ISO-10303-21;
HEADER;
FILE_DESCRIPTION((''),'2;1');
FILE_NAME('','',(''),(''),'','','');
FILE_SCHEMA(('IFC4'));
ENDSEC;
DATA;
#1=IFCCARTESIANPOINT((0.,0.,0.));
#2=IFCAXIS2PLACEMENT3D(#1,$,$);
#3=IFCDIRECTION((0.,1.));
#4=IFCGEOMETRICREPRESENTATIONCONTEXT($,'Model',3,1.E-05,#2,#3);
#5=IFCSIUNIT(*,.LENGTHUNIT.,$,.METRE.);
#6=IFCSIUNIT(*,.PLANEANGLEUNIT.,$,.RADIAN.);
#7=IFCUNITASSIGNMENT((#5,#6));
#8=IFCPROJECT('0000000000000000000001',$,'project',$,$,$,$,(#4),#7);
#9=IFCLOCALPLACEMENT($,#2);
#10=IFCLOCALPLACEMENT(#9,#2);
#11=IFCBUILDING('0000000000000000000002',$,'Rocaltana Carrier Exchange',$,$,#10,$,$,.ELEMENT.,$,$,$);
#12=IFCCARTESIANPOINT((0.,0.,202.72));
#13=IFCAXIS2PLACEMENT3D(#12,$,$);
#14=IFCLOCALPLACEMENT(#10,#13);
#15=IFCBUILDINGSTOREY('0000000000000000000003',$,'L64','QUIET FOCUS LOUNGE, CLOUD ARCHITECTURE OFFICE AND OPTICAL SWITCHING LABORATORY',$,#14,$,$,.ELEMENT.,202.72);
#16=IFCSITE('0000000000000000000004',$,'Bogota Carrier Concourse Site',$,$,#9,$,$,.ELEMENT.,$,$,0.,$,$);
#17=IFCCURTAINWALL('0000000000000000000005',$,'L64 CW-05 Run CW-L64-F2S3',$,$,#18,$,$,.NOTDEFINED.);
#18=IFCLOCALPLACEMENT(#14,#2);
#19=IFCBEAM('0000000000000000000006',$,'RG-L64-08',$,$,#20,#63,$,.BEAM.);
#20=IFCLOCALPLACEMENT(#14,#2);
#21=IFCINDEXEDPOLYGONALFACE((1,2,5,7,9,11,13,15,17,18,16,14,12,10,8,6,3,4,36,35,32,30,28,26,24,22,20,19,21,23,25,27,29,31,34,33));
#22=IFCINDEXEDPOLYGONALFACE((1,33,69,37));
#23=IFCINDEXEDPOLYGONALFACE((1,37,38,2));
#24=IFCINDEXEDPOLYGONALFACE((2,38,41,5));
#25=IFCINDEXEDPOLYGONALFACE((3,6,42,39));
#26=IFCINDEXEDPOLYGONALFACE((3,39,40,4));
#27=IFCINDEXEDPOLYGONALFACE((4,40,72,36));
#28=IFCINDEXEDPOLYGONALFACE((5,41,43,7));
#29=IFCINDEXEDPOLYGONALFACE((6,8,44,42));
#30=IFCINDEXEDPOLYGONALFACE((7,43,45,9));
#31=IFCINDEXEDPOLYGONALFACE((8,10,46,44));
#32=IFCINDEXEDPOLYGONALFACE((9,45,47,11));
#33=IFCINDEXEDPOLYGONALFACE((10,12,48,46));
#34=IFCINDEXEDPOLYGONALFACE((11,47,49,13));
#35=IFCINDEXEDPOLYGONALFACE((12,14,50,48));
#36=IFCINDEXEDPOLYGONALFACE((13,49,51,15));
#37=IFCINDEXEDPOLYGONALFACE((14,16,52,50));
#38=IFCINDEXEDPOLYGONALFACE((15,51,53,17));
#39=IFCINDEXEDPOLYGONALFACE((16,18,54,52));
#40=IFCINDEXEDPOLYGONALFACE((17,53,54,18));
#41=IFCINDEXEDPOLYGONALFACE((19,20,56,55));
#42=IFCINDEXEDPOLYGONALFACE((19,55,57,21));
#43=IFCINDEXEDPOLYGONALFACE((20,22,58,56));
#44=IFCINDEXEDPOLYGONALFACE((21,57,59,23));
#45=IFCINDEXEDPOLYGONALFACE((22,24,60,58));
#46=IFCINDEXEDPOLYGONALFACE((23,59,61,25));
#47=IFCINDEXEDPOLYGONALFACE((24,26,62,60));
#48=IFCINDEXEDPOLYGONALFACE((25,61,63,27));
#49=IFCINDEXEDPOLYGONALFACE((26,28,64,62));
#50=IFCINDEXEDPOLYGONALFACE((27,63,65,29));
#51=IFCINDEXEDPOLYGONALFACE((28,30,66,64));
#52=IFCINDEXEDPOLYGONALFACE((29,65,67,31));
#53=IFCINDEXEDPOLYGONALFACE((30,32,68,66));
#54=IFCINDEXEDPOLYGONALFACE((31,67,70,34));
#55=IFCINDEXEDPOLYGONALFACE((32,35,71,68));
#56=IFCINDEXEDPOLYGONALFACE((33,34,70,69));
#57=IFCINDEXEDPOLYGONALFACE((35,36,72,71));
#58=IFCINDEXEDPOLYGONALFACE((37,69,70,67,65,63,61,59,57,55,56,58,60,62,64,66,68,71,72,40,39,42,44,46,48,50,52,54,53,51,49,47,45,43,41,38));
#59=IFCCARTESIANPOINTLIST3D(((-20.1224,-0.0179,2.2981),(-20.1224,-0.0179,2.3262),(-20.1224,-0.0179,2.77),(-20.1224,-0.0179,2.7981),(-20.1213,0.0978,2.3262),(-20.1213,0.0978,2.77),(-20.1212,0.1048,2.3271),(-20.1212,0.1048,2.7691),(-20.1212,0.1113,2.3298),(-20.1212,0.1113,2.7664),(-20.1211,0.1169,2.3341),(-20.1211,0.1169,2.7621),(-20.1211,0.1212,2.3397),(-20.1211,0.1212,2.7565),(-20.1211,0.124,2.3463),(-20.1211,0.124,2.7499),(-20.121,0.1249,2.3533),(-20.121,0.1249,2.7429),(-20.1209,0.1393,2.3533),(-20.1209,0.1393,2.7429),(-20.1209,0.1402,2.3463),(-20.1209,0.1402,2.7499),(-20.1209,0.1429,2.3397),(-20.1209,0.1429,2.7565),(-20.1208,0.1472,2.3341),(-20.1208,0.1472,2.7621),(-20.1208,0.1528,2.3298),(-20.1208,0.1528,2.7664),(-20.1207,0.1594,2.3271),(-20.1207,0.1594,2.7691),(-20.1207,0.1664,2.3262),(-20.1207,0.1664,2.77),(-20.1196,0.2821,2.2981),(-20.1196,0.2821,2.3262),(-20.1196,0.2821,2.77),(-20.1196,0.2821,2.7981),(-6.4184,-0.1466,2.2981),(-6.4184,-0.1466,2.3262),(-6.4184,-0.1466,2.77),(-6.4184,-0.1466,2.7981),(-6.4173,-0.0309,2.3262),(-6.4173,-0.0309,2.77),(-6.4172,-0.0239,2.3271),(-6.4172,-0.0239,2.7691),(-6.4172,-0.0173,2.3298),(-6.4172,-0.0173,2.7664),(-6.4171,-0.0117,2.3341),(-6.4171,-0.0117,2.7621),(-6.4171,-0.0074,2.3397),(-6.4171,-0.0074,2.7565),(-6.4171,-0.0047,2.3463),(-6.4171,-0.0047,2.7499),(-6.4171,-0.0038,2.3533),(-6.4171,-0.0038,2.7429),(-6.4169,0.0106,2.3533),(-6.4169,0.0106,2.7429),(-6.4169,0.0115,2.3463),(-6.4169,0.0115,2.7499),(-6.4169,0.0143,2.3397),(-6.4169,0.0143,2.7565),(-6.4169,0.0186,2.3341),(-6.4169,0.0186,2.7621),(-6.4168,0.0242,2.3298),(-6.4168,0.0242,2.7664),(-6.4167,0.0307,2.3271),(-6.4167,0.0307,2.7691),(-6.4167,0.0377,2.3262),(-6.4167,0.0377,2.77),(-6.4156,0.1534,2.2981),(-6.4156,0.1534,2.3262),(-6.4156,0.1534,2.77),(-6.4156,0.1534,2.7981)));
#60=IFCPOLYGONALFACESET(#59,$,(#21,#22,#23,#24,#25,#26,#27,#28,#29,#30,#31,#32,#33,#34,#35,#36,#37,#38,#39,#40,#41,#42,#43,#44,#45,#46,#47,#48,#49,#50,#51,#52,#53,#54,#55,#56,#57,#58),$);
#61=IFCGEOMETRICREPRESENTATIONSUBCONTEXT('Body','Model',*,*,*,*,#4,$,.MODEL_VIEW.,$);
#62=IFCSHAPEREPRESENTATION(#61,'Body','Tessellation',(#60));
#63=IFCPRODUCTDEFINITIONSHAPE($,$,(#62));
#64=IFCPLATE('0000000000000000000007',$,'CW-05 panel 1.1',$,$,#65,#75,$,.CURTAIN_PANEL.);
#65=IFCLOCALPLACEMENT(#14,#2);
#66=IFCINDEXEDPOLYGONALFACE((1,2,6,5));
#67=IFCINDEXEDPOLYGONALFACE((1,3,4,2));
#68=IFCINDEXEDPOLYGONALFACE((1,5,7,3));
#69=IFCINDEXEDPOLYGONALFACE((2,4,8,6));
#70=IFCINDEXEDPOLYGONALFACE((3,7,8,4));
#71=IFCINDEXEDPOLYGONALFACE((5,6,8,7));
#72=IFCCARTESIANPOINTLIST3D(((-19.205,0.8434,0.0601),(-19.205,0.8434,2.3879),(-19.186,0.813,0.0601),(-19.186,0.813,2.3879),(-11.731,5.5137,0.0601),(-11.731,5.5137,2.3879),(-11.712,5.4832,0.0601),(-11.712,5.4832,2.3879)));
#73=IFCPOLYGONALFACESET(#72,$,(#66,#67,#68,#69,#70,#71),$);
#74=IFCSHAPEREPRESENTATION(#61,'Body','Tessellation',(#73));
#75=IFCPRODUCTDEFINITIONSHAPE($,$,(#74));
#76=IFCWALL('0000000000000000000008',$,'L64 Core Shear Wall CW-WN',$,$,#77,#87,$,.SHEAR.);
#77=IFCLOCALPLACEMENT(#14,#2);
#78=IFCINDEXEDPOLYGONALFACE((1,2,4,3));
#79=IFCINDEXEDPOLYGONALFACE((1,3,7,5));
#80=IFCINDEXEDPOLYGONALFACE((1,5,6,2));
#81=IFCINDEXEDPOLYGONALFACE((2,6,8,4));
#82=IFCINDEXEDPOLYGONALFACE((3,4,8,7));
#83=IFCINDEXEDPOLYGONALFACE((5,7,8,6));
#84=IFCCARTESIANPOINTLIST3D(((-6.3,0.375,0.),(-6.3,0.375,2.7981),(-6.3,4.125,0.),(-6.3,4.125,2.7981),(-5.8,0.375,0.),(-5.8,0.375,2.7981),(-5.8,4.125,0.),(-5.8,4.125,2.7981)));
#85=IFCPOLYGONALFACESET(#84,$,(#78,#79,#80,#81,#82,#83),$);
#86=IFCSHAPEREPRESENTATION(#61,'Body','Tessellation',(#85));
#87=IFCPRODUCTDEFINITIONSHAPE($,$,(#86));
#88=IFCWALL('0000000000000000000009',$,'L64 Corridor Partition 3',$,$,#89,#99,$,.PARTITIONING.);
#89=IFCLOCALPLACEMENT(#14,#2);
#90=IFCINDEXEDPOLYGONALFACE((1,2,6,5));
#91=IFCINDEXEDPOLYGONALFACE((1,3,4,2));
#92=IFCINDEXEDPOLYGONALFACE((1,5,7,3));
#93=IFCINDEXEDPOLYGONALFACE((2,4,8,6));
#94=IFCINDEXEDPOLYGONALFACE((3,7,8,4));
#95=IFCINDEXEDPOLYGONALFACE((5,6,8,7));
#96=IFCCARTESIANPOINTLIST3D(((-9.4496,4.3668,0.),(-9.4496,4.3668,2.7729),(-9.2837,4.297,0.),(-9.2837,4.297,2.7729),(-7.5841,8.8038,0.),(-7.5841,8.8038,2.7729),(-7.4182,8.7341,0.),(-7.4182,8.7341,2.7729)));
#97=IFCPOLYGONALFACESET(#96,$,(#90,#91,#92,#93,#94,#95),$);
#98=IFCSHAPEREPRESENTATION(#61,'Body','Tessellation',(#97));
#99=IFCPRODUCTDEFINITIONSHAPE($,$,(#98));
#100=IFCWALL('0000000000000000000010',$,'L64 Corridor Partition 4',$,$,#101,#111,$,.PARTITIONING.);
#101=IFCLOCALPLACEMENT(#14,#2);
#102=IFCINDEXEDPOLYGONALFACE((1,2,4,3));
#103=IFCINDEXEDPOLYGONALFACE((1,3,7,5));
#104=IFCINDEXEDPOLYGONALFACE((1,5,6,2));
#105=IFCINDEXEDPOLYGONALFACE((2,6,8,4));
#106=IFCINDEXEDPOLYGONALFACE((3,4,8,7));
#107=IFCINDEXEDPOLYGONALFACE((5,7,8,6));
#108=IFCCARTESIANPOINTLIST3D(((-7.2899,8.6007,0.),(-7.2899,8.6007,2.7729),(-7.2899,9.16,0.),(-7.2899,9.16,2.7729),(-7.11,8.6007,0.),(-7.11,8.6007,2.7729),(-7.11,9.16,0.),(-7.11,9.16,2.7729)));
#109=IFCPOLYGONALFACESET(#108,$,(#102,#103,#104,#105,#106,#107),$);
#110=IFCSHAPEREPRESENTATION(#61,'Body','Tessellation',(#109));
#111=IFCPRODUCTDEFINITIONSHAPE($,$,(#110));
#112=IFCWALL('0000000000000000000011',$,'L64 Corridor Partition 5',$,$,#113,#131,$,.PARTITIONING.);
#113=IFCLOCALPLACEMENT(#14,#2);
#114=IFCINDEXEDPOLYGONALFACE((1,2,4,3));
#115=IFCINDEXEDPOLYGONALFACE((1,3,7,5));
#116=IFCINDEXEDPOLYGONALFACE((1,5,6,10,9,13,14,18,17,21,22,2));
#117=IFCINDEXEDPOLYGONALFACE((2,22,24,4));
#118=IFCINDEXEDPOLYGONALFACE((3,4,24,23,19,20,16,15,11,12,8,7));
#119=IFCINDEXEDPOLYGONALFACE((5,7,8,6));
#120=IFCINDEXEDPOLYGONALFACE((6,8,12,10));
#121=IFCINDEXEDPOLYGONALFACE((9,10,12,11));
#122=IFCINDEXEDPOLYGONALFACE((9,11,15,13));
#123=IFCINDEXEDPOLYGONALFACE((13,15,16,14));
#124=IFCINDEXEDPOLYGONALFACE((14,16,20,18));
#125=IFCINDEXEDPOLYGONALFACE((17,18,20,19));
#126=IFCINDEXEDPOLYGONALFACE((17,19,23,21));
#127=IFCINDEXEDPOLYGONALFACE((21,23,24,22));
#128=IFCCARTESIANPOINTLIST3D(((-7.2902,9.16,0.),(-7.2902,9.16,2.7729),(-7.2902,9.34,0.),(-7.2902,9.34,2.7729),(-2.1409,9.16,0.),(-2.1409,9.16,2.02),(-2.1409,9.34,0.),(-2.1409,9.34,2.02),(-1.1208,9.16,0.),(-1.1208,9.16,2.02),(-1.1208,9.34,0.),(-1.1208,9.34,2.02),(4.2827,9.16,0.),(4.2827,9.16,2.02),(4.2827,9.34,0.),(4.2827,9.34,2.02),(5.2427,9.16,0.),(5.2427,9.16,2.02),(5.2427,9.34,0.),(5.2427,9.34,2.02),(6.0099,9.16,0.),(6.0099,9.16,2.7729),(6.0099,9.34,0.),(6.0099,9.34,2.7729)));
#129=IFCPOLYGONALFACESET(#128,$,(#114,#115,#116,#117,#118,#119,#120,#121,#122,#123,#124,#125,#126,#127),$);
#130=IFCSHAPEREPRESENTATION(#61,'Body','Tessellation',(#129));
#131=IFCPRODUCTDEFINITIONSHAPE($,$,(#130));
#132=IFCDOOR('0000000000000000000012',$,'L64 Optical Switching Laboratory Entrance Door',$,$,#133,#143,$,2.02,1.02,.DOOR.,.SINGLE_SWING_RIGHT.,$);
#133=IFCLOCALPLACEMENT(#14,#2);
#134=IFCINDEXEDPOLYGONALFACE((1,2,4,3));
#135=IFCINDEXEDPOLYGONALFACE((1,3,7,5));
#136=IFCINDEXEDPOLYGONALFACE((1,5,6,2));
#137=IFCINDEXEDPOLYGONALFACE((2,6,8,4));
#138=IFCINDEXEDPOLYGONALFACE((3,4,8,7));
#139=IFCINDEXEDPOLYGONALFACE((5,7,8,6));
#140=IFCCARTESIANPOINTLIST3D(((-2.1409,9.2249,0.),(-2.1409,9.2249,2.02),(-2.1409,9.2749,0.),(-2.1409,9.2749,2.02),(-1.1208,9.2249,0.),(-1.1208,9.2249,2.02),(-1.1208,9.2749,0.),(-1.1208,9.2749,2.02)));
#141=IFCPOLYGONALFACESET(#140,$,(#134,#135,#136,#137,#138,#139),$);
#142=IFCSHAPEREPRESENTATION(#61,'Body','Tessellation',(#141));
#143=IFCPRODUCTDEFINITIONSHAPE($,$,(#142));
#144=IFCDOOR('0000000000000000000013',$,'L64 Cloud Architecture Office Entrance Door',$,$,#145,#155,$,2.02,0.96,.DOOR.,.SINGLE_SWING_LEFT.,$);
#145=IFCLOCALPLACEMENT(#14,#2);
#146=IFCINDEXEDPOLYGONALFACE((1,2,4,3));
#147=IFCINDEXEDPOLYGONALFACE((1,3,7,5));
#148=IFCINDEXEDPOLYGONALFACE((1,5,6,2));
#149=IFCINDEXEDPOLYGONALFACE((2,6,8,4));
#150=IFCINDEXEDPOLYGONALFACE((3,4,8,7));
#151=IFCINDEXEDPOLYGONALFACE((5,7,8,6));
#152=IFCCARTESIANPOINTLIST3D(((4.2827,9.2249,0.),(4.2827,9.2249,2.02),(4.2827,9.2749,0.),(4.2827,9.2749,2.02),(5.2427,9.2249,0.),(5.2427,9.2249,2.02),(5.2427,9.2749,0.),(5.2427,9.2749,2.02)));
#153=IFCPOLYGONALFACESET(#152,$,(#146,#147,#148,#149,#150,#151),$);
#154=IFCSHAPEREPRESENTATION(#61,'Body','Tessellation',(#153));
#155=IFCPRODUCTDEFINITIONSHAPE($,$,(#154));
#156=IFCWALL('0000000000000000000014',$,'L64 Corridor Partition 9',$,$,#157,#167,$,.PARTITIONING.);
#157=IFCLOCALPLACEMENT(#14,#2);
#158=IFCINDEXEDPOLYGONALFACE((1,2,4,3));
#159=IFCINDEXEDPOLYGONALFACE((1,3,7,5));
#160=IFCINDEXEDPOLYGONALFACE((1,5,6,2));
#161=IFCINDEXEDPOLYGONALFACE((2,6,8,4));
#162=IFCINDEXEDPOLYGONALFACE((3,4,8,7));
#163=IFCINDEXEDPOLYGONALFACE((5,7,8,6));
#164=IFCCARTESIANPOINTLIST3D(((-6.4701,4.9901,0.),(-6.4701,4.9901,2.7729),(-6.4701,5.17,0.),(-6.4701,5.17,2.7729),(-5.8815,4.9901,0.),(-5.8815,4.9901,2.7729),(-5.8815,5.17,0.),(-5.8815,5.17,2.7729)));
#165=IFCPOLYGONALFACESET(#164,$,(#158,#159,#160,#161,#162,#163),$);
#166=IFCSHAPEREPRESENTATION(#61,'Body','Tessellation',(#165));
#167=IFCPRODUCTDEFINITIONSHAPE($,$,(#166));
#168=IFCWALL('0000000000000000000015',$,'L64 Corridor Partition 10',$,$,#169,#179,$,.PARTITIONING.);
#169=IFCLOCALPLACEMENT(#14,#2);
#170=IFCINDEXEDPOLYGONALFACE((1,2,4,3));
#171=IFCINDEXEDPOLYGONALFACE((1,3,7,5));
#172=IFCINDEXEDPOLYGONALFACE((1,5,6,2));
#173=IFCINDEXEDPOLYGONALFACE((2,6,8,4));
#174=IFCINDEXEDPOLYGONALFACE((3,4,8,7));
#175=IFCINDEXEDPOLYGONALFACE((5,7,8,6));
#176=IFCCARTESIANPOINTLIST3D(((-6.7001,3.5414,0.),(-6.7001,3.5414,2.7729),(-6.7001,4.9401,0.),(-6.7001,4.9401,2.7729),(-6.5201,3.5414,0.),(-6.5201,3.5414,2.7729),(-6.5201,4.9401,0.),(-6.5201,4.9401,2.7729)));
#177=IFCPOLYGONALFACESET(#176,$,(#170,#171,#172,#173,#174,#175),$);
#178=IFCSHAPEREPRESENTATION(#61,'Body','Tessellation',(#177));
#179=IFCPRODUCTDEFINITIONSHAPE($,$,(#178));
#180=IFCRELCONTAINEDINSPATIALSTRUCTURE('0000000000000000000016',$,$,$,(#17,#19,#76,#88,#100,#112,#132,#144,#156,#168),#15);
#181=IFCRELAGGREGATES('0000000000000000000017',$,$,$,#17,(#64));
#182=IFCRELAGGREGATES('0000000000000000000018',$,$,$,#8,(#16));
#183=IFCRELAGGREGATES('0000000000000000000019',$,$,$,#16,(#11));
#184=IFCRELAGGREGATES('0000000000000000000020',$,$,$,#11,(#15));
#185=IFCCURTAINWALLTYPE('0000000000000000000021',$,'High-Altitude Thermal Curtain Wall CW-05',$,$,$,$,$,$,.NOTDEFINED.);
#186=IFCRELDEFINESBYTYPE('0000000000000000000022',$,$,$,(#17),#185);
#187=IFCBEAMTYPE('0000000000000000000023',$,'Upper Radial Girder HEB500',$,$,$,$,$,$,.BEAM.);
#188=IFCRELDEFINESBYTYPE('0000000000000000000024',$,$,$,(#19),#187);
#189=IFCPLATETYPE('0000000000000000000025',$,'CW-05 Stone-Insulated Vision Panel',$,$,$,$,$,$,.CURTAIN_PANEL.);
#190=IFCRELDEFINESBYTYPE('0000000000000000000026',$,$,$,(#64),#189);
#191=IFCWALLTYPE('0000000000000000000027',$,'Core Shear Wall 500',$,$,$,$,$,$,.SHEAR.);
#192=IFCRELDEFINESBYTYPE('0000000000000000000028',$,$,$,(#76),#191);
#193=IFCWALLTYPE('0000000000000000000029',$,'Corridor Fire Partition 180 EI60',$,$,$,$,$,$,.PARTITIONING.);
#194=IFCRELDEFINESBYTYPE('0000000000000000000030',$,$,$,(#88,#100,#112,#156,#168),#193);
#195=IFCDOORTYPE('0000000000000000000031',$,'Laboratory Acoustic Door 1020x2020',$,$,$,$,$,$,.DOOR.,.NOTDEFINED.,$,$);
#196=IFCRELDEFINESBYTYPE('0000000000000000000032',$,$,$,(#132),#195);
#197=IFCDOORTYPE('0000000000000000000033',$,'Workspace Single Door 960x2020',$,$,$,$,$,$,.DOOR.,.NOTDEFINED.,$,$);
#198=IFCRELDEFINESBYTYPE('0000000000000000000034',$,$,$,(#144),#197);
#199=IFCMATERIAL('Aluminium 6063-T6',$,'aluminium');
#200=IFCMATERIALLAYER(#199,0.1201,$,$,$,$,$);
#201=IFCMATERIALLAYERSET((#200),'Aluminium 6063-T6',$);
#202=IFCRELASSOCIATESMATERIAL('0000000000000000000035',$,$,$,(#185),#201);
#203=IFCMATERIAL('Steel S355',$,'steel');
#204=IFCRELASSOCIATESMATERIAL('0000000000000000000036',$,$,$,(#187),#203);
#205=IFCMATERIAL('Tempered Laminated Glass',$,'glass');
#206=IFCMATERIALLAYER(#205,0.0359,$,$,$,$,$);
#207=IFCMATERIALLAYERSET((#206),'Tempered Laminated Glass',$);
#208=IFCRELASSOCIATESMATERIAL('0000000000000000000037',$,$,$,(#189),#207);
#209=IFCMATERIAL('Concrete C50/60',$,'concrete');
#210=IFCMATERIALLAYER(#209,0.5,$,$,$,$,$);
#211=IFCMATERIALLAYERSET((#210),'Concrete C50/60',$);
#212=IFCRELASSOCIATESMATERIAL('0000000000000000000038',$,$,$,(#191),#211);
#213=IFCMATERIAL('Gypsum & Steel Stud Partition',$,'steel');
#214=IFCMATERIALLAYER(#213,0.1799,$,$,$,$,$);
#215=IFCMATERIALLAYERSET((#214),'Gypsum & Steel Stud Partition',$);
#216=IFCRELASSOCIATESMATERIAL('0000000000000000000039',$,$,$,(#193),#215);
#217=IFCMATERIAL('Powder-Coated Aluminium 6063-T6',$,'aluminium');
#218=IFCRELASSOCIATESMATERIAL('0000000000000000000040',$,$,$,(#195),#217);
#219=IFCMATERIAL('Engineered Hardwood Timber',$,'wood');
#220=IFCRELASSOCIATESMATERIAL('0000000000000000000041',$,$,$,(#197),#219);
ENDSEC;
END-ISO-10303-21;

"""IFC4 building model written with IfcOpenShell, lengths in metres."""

from ifc_helpers import new_model, si_unit, direction, frame, frame_2d, origin, origin_2d, place, context, subcontext, project, spatial, rectangle, i_section, extrude, material, layer, layer_set, material_profile, profile_set, type_object, element, fill, aggregate, save


model = new_model("IFC4")

# Units and contexts
model_context = context("Model", 3, precision=1e-05, world=origin(), true_north=direction((0.0, 1.0)))
body_context = subcontext(model_context, "Body", "Model", "MODEL_VIEW")
ifc_project = project(units=[si_unit("LENGTHUNIT", "METRE"), si_unit("PLANEANGLEUNIT", "RADIAN")], contexts=[model_context])

# Site, building, storey
site_placement = place(None, origin())
site = spatial("IfcSite", under=ifc_project, at=site_placement, Name="Bogota Carrier Concourse Site", CompositionType="ELEMENT", RefElevation=0.0)
building_placement = place(site_placement, origin())
building = spatial("IfcBuilding", under=site, at=building_placement, Name="Rocaltana Carrier Exchange", CompositionType="ELEMENT")
storey_placement = place(building_placement, frame((0.0, 0.0, 202.72)))
storey = spatial("IfcBuildingStorey", under=building, at=storey_placement, Name="L64", Description="QUIET FOCUS LOUNGE, CLOUD ARCHITECTURE OFFICE AND OPTICAL SWITCHING LABORATORY", CompositionType="ELEMENT", Elevation=202.72)

# Shared definitions
ifc_material_1 = material(Name="Aluminium 6063-T6", Category="aluminium")
ifc_layer_1 = layer(ifc_material_1, 0.1201)
ifc_layer_set_1 = layer_set([ifc_layer_1], Name="Aluminium 6063-T6")
curtain_wall_type = type_object("IfcCurtainWallType", Name="High-Altitude Thermal Curtain Wall CW-05", PredefinedType="NOTDEFINED", material=ifc_layer_set_1)

# Curtain wall
curtain_wall_1_placement = place(storey_placement, origin())
curtain_wall_1 = element("IfcCurtainWall", 1, at=curtain_wall_1_placement, inside=storey, type_object=curtain_wall_type, Name="L64 CW-05 Run CW-L64-F2S3", PredefinedType="NOTDEFINED")

# Beam
ifc_material_2 = material(Name="Steel S355", Category="steel")
ifc_material_profile_1 = material_profile(ifc_material_2, i_section(OverallWidth=0.3, OverallDepth=0.5, WebThickness=0.0144, FlangeThickness=0.0281, FilletRadius=0.0271, at=origin_2d()), Name="HEB500")
ifc_profile_set_1 = profile_set([ifc_material_profile_1], Name="Steel S355")
beam_type_1 = type_object("IfcBeamType", Name="Upper Radial Girder HEB500", PredefinedType="BEAM", material=ifc_profile_set_1)
beam_1_placement = place(storey_placement, frame((-6.417, 0.0034, 2.5481), z_axis=(-0.999956, 0.009388, 0.0), x_axis=(-0.009388, -0.999956, 0.0)))
element("IfcBeam", 2, at=beam_1_placement, inside=storey, type_object=beam_type_1, Name="RG-L64-08", PredefinedType="BEAM", context=body_context, shape_type="SweptSolid", body=[
    extrude(i_section(OverallWidth=0.3, OverallDepth=0.5, WebThickness=0.0144, FlangeThickness=0.0281, FilletRadius=0.0271, at=origin_2d()), origin(), (0.0, 0.0, 1.0), 13.7046),
])

# Plate
ifc_material_3 = material(Name="Tempered Laminated Glass", Category="glass")
ifc_layer_2 = layer(ifc_material_3, 0.0359)
ifc_layer_set_2 = layer_set([ifc_layer_2], Name="Tempered Laminated Glass")
plate_type = type_object("IfcPlateType", Name="CW-05 Stone-Insulated Vision Panel", PredefinedType="CURTAIN_PANEL", material=ifc_layer_set_2)
plate_placement = place(storey_placement, frame((-15.4585, 3.1633, 0.0601), z_axis=(0.0, 0.0, 1.0), x_axis=(-0.84805, -0.529915, 0.0)))
plate = element("IfcPlate", 3, at=plate_placement, type_object=plate_type, Name="CW-05 panel 1.1", PredefinedType="CURTAIN_PANEL", context=body_context, shape_type="SweptSolid", body=[
    extrude(rectangle(XDim=8.8132, YDim=0.0359, at=origin_2d()), origin(), (0.0, 0.0, 1.0), 2.3279),
])
aggregate(curtain_wall_1, [plate])

# Walls
ifc_material_4 = material(Name="Concrete C50/60", Category="concrete")
ifc_layer_3 = layer(ifc_material_4, 0.5)
ifc_layer_set_3 = layer_set([ifc_layer_3], Name="Concrete C50/60")
wall_type_1 = type_object("IfcWallType", Name="Core Shear Wall 500", PredefinedType="SHEAR", material=ifc_layer_set_3)
wall_1_placement = place(storey_placement, frame((-6.05, 0.375, 0.0), z_axis=(0.0, 0.0, 1.0), x_axis=(0.0, 1.0, 0.0)))
element("IfcWall", 4, at=wall_1_placement, inside=storey, type_object=wall_type_1, Name="L64 Core Shear Wall CW-WN", PredefinedType="SHEAR", context=body_context, shape_type="SweptSolid", body=[
    extrude(rectangle(XDim=3.75, YDim=0.5, at=frame_2d((1.875, 0.0))), origin(), (0.0, 0.0, 1.0), 2.7981),
])
ifc_material_5 = material(Name="Gypsum & Steel Stud Partition", Category="steel")
ifc_layer_4 = layer(ifc_material_5, 0.1799)
ifc_layer_set_4 = layer_set([ifc_layer_4], Name="Gypsum & Steel Stud Partition")
wall_type_2 = type_object("IfcWallType", Name="Corridor Fire Partition 180 EI60", PredefinedType="PARTITIONING", material=ifc_layer_set_4)
wall_2_placement = place(storey_placement, frame((-9.3667, 4.3318, 0.0), z_axis=(0.0, 0.0, 1.0), x_axis=(0.387574, 0.921839, 0.0)))
element("IfcWall", 5, at=wall_2_placement, inside=storey, type_object=wall_type_2, Name="L64 Corridor Partition 3", PredefinedType="PARTITIONING", context=body_context, shape_type="SweptSolid", body=[
    extrude(rectangle(XDim=4.8132, YDim=0.1799, at=frame_2d((2.4067, 0.0))), origin(), (0.0, 0.0, 1.0), 2.7729),
])
wall_3_placement = place(storey_placement, frame((-7.2, 8.6006, 0.0), z_axis=(0.0, 0.0, 1.0), x_axis=(0.0, 1.0, 0.0)))
element("IfcWall", 6, at=wall_3_placement, inside=storey, type_object=wall_type_2, Name="L64 Corridor Partition 4", PredefinedType="PARTITIONING", context=body_context, shape_type="SweptSolid", body=[
    extrude(rectangle(XDim=0.5593, YDim=0.1799, at=frame_2d((0.2798, 0.0))), origin(), (0.0, 0.0, 1.0), 2.7729),
])

# Wall, openings, doors
wall_4_placement = place(storey_placement, frame((-7.29, 9.25, 0.0), z_axis=(0.0, 0.0, 1.0), x_axis=(1.0, 0.0, 0.0)))
wall_4 = element("IfcWall", 7, at=wall_4_placement, inside=storey, type_object=wall_type_2, Name="L64 Corridor Partition 5", PredefinedType="PARTITIONING", context=body_context, shape_type="SweptSolid", body=[
    extrude(rectangle(XDim=13.3, YDim=0.1799, at=frame_2d((6.6499, 0.0))), origin(), (0.0, 0.0, 1.0), 2.7729),
])
opening_1_placement = place(wall_4_placement, frame((11.5728, 0.0, 0.0)))
opening_1 = element("IfcOpeningElement", 8, at=opening_1_placement, cuts=wall_4, PredefinedType="OPENING", context=body_context, shape_type="SweptSolid", body=[
    extrude(rectangle(XDim=0.96, YDim=2.02, at=frame_2d((0.48, 1.01))), frame((0.0, 0.0999, 0.0), z_axis=(0.0, -1.0, 0.0), x_axis=(1.0, 0.0, 0.0)), (0.0, 0.0, 1.0), 0.2),
])
opening_2_placement = place(wall_4_placement, frame((5.1492, 0.0, 0.0)))
opening_2 = element("IfcOpeningElement", 9, at=opening_2_placement, cuts=wall_4, PredefinedType="OPENING", context=body_context, shape_type="SweptSolid", body=[
    extrude(rectangle(XDim=1.02, YDim=2.02, at=frame_2d((0.51, 1.01))), frame((0.0, 0.0999, 0.0), z_axis=(0.0, -1.0, 0.0), x_axis=(1.0, 0.0, 0.0)), (0.0, 0.0, 1.0), 0.2),
])
ifc_material_6 = material(Name="Powder-Coated Aluminium 6063-T6", Category="aluminium")
door_type_1 = type_object("IfcDoorType", Name="Laboratory Acoustic Door 1020x2020", OperationType="NOTDEFINED", PredefinedType="DOOR", material=ifc_material_6)
door_1_placement = place(opening_2_placement, origin())
door_1 = element("IfcDoor", 10, at=door_1_placement, inside=storey, type_object=door_type_1, Name="L64 Optical Switching Laboratory Entrance Door", OperationType="SINGLE_SWING_RIGHT", OverallHeight=2.02, OverallWidth=1.02, PredefinedType="DOOR", context=body_context, shape_type="SweptSolid", body=[
    extrude(rectangle(XDim=1.02, YDim=2.02, at=frame_2d((0.51, 1.01))), frame((0.0, 0.0249, 0.0), z_axis=(0.0, -1.0, 0.0), x_axis=(1.0, 0.0, 0.0)), (0.0, 0.0, 1.0), 0.05),
])
fill(opening_2, door_1)
ifc_material_7 = material(Name="Engineered Hardwood Timber", Category="wood")
door_type_2 = type_object("IfcDoorType", Name="Workspace Single Door 960x2020", OperationType="NOTDEFINED", PredefinedType="DOOR", material=ifc_material_7)
door_2_placement = place(opening_1_placement, origin())
door_2 = element("IfcDoor", 11, at=door_2_placement, inside=storey, type_object=door_type_2, Name="L64 Cloud Architecture Office Entrance Door", OperationType="SINGLE_SWING_LEFT", OverallHeight=2.02, OverallWidth=0.96, PredefinedType="DOOR", context=body_context, shape_type="SweptSolid", body=[
    extrude(rectangle(XDim=0.96, YDim=2.02, at=frame_2d((0.48, 1.01))), frame((0.0, 0.0249, 0.0), z_axis=(0.0, -1.0, 0.0), x_axis=(1.0, 0.0, 0.0)), (0.0, 0.0, 1.0), 0.05),
])
fill(opening_1, door_2)

# Walls
wall_5_placement = place(storey_placement, frame((-5.8813, 5.0801, 0.0), z_axis=(0.0, 0.0, 1.0), x_axis=(-1.0, 0.0, 0.0)))
element("IfcWall", 12, at=wall_5_placement, inside=storey, type_object=wall_type_2, Name="L64 Corridor Partition 9", PredefinedType="PARTITIONING", context=body_context, shape_type="SweptSolid", body=[
    extrude(rectangle(XDim=0.5886, YDim=0.1799, at=frame_2d((0.2944, 0.0))), origin(), (0.0, 0.0, 1.0), 2.7729),
])
wall_6_placement = place(storey_placement, frame((-6.6101, 4.9399, 0.0), z_axis=(0.0, 0.0, 1.0), x_axis=(0.0, -1.0, 0.0)))
element("IfcWall", 13, at=wall_6_placement, inside=storey, type_object=wall_type_2, Name="L64 Corridor Partition 10", PredefinedType="PARTITIONING", context=body_context, shape_type="SweptSolid", body=[
    extrude(rectangle(XDim=1.3987, YDim=0.1799, at=frame_2d((0.6992, 0.0))), origin(), (0.0, 0.0, 1.0), 2.7729),
])

save(model, "model.ifc")
